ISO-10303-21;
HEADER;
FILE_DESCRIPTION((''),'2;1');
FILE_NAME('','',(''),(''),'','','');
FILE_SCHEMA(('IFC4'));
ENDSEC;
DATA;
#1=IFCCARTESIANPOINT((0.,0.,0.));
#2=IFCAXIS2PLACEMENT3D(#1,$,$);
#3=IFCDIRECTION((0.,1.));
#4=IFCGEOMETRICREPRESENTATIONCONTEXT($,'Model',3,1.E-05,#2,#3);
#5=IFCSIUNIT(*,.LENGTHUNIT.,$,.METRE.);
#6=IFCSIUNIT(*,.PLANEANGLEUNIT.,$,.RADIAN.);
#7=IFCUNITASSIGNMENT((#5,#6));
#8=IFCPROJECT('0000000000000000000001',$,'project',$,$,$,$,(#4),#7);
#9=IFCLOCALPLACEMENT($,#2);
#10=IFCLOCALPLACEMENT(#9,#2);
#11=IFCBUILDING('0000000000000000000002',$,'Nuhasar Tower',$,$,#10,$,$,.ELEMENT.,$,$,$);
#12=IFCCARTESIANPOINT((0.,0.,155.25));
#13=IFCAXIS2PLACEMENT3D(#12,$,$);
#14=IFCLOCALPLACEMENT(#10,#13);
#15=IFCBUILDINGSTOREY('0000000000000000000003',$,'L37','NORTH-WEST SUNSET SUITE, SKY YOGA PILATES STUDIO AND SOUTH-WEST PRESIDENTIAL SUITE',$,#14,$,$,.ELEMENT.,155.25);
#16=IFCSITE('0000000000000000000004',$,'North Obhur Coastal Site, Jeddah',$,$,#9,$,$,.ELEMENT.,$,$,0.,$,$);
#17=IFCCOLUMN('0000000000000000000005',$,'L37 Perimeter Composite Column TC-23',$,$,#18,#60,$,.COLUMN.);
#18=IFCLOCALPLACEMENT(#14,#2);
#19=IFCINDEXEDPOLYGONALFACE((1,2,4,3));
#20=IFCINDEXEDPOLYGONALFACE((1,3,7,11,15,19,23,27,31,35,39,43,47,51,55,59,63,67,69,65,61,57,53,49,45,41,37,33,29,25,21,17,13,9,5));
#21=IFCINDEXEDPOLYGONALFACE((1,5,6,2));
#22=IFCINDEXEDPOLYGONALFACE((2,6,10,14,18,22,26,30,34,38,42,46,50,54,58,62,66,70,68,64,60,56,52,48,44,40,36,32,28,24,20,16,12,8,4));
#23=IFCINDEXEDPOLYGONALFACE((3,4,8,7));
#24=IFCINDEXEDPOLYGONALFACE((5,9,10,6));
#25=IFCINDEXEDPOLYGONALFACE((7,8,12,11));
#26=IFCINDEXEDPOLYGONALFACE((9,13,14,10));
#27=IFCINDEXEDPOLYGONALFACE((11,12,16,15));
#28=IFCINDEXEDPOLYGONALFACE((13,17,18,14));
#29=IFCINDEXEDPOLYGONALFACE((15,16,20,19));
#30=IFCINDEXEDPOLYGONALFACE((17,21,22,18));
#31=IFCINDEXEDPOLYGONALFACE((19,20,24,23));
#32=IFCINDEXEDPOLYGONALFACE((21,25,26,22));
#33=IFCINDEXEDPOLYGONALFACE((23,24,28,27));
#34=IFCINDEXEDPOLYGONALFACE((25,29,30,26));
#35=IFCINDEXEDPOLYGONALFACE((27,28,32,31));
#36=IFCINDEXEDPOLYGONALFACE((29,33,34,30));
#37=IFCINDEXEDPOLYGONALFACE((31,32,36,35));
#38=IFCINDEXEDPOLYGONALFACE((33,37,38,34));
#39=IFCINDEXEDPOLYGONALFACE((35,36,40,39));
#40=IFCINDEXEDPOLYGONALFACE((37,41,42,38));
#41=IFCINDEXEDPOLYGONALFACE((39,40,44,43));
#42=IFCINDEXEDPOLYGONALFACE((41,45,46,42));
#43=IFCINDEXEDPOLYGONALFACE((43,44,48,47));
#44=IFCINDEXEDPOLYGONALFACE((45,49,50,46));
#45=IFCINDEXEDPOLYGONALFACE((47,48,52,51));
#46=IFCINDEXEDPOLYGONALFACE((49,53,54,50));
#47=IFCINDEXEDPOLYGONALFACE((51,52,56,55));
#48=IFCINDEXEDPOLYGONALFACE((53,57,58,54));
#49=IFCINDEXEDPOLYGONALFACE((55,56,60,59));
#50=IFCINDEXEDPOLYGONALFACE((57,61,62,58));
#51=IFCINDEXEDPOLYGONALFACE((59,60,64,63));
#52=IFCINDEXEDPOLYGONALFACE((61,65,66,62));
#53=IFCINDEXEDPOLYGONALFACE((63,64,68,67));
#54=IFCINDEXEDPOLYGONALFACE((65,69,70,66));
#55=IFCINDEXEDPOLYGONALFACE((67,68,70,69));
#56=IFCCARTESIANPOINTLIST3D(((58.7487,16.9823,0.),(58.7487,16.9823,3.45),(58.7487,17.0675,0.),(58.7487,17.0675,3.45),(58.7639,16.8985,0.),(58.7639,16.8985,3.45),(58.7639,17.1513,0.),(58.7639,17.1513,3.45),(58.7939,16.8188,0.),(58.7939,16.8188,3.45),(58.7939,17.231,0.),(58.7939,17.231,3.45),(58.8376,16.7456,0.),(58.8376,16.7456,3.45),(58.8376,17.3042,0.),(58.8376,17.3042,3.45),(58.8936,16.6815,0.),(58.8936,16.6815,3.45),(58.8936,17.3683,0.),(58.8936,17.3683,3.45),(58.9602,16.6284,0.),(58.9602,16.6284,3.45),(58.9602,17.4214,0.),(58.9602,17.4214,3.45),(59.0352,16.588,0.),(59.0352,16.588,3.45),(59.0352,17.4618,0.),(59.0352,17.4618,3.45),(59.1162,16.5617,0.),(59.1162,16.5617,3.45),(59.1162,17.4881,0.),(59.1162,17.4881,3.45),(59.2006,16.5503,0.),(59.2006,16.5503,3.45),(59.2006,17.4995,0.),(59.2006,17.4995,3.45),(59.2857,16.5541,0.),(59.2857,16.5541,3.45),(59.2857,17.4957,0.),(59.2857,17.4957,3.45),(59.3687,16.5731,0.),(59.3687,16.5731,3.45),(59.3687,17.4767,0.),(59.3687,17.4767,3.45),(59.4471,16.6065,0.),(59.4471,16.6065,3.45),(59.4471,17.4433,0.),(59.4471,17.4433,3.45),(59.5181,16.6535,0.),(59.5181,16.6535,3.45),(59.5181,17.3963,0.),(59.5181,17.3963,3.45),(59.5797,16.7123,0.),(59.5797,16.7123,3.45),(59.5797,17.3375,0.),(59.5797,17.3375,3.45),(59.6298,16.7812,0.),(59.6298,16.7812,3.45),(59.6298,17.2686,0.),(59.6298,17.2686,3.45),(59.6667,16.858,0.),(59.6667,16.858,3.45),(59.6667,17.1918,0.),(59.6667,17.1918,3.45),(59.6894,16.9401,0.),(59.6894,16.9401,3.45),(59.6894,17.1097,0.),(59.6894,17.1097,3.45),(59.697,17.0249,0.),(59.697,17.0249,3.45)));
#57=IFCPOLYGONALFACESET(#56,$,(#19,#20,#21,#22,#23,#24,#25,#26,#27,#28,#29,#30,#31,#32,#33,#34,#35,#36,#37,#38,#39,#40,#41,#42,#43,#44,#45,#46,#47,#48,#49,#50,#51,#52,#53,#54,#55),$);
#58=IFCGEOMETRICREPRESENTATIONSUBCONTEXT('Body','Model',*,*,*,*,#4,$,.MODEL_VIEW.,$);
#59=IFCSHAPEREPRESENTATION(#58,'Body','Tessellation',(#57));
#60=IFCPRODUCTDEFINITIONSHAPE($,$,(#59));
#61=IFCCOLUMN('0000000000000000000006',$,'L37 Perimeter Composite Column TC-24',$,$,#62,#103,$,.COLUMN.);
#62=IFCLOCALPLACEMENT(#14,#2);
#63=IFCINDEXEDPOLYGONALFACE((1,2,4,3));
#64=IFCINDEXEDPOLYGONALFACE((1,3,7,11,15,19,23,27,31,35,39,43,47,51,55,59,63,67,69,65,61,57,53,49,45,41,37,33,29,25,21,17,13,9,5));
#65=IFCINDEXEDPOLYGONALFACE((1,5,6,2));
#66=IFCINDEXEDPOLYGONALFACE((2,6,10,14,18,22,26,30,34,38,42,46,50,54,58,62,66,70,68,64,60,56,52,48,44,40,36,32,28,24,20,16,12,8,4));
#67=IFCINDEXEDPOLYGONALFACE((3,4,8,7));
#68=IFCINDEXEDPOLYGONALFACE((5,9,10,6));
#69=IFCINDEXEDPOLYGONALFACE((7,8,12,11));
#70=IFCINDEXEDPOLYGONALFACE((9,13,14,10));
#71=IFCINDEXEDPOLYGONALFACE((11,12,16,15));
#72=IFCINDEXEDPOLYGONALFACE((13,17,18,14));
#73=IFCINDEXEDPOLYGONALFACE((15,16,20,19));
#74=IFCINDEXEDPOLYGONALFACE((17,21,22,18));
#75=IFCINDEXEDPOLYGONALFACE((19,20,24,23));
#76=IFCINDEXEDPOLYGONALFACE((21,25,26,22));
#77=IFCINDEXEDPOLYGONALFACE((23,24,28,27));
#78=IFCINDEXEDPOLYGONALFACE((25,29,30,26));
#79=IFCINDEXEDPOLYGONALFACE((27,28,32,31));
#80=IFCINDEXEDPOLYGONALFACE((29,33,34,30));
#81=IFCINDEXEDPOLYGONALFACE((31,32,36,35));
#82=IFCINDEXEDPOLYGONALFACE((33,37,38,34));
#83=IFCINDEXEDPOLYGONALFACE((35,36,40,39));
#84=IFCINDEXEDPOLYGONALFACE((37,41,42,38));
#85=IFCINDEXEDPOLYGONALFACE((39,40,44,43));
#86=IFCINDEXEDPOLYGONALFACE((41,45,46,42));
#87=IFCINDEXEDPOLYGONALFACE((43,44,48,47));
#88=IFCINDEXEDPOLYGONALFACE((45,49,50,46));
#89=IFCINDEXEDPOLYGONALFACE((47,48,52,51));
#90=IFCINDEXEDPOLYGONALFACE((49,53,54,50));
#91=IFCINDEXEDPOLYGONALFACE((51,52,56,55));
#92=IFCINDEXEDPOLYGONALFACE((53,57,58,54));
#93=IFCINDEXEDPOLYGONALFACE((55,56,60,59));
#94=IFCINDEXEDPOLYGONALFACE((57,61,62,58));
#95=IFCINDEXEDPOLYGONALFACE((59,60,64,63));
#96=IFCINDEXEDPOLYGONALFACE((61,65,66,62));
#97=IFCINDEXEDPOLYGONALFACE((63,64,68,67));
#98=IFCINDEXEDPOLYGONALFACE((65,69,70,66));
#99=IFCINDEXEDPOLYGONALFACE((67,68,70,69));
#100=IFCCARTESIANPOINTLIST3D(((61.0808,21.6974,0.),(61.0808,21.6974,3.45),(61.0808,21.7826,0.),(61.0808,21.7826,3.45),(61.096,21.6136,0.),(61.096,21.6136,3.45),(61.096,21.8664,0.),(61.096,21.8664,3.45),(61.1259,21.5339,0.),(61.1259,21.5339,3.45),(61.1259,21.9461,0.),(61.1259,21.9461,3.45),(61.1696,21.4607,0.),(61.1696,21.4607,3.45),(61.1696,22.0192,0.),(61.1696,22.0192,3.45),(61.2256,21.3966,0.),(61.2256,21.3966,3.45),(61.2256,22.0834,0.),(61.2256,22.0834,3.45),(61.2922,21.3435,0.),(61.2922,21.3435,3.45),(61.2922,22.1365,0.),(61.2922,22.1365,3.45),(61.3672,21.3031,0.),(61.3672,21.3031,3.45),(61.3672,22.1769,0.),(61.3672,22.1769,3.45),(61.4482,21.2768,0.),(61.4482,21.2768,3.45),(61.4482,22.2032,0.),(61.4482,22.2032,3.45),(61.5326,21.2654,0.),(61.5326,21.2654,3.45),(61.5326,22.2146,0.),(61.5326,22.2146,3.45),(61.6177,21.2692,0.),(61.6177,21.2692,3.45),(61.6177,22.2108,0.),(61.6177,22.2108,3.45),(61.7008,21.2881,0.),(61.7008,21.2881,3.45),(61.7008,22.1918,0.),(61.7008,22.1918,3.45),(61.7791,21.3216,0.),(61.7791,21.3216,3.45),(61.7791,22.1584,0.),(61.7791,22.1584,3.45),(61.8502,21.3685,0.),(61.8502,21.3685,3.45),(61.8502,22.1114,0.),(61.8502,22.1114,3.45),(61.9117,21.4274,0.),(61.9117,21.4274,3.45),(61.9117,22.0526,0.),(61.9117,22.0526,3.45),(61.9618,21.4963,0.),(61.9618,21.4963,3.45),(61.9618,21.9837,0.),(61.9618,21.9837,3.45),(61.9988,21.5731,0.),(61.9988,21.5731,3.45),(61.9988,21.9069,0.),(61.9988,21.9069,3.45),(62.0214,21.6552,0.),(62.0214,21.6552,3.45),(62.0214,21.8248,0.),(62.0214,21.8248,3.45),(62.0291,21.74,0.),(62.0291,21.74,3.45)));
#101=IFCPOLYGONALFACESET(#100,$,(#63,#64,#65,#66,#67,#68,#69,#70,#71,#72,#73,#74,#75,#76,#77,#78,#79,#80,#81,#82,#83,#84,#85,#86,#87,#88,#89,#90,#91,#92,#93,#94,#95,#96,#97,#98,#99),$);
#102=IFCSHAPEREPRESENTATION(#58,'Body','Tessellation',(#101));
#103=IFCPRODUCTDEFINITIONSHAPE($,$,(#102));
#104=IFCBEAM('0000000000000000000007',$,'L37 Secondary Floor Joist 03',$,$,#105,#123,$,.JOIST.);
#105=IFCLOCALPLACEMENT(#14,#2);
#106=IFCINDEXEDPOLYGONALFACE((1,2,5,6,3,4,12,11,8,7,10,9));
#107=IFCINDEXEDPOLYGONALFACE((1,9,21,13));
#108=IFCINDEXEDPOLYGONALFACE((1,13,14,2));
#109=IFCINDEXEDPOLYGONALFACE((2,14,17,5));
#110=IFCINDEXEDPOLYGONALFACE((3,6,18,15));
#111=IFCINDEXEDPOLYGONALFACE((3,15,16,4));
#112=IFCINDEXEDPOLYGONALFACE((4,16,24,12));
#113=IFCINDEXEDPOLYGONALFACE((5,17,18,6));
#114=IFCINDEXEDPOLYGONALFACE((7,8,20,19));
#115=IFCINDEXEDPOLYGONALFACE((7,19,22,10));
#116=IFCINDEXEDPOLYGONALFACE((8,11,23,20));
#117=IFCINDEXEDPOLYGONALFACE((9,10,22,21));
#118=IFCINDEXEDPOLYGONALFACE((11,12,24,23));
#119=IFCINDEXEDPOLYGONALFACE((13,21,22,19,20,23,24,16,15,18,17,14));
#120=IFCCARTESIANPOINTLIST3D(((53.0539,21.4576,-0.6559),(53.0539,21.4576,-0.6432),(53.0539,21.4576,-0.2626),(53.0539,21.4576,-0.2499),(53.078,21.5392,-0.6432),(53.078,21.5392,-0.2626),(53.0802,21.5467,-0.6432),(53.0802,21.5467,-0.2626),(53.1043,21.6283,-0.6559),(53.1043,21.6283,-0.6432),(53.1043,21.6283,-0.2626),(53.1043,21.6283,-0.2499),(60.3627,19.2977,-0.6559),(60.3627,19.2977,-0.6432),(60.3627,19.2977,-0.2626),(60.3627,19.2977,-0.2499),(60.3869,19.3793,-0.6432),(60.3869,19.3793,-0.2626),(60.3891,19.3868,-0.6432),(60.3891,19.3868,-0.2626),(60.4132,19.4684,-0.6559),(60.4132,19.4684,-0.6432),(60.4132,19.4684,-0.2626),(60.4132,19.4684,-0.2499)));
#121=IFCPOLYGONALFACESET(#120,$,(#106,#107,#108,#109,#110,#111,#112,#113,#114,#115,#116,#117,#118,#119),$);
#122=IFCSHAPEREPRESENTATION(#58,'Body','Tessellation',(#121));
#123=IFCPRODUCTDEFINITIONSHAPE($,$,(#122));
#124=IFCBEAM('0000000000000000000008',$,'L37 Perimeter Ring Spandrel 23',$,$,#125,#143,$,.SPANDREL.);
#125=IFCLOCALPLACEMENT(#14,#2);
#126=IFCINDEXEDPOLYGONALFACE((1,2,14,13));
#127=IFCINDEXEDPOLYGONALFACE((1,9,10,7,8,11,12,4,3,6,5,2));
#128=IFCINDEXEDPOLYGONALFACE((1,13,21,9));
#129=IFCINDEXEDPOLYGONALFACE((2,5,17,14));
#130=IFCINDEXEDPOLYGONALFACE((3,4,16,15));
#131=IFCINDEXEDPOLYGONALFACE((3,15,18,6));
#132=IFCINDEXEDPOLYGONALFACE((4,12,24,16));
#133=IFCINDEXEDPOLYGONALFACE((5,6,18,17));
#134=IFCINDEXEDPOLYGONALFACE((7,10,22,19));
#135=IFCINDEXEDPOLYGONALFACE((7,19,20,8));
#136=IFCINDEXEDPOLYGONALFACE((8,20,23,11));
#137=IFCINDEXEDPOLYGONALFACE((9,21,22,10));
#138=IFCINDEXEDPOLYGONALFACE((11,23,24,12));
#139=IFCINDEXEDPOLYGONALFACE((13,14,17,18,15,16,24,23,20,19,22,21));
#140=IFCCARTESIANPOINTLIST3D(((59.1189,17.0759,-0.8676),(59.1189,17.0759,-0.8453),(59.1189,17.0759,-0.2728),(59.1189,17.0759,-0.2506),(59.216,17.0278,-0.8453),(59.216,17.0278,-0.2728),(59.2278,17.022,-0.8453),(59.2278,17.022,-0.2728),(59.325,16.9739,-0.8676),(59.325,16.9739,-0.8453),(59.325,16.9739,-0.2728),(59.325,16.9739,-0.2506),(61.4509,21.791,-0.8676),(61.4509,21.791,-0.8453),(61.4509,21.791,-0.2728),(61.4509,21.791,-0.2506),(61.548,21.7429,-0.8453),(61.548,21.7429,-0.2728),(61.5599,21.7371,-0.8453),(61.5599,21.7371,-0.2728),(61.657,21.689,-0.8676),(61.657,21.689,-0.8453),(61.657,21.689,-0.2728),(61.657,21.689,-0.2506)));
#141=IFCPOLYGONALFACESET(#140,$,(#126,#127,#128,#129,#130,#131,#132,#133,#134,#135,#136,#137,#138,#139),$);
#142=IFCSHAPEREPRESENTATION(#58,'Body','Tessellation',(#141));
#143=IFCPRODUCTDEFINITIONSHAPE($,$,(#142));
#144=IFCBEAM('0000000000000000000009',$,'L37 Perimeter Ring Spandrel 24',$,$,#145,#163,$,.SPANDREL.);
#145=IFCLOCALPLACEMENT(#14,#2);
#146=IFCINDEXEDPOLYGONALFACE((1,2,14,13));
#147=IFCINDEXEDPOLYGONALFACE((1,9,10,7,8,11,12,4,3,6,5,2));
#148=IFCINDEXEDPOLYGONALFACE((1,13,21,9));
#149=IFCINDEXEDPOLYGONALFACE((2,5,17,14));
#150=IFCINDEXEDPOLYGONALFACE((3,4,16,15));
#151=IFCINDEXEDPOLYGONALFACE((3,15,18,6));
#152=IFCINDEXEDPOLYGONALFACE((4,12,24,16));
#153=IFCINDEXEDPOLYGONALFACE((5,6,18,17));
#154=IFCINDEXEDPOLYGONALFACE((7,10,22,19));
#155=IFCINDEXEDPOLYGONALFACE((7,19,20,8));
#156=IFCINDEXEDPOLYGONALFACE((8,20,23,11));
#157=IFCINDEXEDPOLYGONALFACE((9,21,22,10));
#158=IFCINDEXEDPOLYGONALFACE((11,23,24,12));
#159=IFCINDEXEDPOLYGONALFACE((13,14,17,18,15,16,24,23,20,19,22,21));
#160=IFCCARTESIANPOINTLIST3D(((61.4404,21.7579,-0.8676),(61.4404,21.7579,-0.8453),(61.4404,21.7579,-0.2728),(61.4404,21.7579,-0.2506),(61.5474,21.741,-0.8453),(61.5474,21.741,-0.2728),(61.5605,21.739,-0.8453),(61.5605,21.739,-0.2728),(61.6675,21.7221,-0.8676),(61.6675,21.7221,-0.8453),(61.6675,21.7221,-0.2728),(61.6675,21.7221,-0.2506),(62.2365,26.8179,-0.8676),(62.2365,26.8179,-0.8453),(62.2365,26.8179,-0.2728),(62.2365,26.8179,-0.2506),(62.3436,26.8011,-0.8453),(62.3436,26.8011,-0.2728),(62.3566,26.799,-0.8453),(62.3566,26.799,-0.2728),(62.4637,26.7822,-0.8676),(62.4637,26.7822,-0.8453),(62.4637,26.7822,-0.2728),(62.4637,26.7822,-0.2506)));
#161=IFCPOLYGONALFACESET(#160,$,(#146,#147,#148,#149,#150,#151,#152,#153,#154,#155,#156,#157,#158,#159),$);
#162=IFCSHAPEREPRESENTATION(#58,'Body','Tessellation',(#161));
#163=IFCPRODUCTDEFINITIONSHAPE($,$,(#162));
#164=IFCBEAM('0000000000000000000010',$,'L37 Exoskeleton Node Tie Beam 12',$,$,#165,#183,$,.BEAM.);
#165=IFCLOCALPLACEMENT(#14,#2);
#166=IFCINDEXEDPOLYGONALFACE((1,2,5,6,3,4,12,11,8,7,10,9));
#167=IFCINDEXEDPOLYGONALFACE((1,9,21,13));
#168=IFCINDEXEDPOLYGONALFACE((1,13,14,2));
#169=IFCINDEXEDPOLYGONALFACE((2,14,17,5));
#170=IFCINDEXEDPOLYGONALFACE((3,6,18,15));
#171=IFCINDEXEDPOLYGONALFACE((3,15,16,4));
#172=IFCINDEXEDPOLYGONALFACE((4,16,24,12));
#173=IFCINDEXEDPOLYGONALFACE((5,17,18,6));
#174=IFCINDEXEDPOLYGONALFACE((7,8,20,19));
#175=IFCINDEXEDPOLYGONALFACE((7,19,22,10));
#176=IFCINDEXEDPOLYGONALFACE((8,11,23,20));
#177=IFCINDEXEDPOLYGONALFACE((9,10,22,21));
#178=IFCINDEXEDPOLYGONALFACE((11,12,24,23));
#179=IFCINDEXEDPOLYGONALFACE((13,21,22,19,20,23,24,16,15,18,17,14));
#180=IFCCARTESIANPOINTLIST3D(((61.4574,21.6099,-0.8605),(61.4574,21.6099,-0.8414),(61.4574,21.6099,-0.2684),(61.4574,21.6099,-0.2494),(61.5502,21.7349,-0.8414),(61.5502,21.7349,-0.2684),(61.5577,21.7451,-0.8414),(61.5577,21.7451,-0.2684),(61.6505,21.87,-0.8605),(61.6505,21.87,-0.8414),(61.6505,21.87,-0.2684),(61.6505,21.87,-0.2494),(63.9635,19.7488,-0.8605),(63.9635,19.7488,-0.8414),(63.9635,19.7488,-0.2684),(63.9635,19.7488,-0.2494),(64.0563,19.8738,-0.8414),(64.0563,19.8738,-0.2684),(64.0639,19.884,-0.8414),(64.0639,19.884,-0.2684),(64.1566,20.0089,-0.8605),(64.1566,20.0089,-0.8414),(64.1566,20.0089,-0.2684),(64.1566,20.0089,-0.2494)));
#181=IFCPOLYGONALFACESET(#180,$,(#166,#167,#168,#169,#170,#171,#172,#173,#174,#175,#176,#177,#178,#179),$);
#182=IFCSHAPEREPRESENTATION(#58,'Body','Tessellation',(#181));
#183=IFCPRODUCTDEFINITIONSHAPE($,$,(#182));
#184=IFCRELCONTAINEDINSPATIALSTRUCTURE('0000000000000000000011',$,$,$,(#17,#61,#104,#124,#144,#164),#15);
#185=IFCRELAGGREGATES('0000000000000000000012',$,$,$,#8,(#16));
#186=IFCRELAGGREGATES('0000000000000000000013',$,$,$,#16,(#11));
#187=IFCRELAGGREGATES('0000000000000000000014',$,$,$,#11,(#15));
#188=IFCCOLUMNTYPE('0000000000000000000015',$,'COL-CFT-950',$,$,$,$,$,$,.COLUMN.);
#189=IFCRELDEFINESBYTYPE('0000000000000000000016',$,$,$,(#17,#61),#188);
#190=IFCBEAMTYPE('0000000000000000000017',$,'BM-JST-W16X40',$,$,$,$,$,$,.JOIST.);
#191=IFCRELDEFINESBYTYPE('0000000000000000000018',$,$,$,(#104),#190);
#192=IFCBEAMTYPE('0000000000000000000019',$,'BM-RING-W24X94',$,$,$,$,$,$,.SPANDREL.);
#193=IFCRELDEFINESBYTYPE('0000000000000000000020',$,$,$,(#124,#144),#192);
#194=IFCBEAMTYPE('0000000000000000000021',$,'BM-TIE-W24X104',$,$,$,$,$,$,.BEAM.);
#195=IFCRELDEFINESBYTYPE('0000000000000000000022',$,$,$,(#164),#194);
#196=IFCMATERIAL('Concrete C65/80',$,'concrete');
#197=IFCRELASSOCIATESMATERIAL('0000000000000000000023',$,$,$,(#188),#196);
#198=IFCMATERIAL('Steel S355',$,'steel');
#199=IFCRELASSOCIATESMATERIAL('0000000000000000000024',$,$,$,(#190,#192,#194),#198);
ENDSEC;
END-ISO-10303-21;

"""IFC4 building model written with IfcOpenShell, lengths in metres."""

from ifc_helpers import new_model, si_unit, direction, frame, origin, origin_2d, place, context, subcontext, project, spatial, circle, i_section, extrude, material, material_profile, profile_set, type_object, element, save


model = new_model("IFC4")

# Units and contexts
model_context = context("Model", 3, precision=1e-05, world=origin(), true_north=direction((0.0, 1.0)))
body_context = subcontext(model_context, "Body", "Model", "MODEL_VIEW")
ifc_project = project(units=[si_unit("LENGTHUNIT", "METRE"), si_unit("PLANEANGLEUNIT", "RADIAN")], contexts=[model_context])

# Site, building, storey
site_placement = place(None, origin())
site = spatial("IfcSite", under=ifc_project, at=site_placement, Name="North Obhur Coastal Site, Jeddah", CompositionType="ELEMENT", RefElevation=0.0)
building_placement = place(site_placement, origin())
building = spatial("IfcBuilding", under=site, at=building_placement, Name="Nuhasar Tower", CompositionType="ELEMENT")
storey_placement = place(building_placement, frame((0.0, 0.0, 155.25)))
storey = spatial("IfcBuildingStorey", under=building, at=storey_placement, Name="L37", Description="NORTH-WEST SUNSET SUITE, SKY YOGA PILATES STUDIO AND SOUTH-WEST PRESIDENTIAL SUITE", CompositionType="ELEMENT", Elevation=155.25)

# Columns
ifc_material_1 = material(Name="Concrete C65/80", Category="concrete")
ifc_material_profile_1 = material_profile(ifc_material_1, circle(Radius=0.4751, at=origin_2d()), Name="CFT950")
ifc_profile_set_1 = profile_set([ifc_material_profile_1], Name="Concrete C65/80")
column_type = type_object("IfcColumnType", Name="COL-CFT-950", PredefinedType="COLUMN", material=ifc_profile_set_1)
for number, where, z_axis, x_axis, name in (
    (1, (59.2219, 17.0249, 0.0), (0.0, 0.0, 1.0), (1.0, 0.0, 0.0), "L37 Perimeter Composite Column TC-23"),
    (2, (61.554, 21.74, 0.0), (0.0, 0.0, 1.0), (1.0, 0.0, 0.0), "L37 Perimeter Composite Column TC-24"),
):
    element("IfcColumn", number, at=place(storey_placement, frame(where, z_axis=z_axis, x_axis=x_axis)), inside=storey, type_object=column_type, Name=name, PredefinedType="COLUMN", context=body_context, shape_type="SweptSolid", body=[
        extrude(circle(Radius=0.4751, at=origin_2d()), origin(), (0.0, 0.0, 1.0), 3.45),
    ])

# Beams
ifc_material_2 = material(Name="Steel S355", Category="steel")
ifc_material_profile_2 = material_profile(ifc_material_2, i_section(OverallWidth=0.178, OverallDepth=0.406, WebThickness=0.0078, FlangeThickness=0.0127, at=origin_2d()), Name="W16X40")
ifc_profile_set_2 = profile_set([ifc_material_profile_2], Name="Steel S355")
beam_type_1 = type_object("IfcBeamType", Name="BM-JST-W16X40", PredefinedType="JOIST", material=ifc_profile_set_2)
beam_1_placement = place(storey_placement, frame((53.0791, 21.543, -0.4529), z_axis=(0.959, -0.283404, 0.0), x_axis=(0.283404, 0.959, 0.0)))
element("IfcBeam", 3, at=beam_1_placement, inside=storey, type_object=beam_type_1, Name="L37 Secondary Floor Joist 03", PredefinedType="JOIST", context=body_context, shape_type="SweptSolid", body=[
    extrude(i_section(OverallWidth=0.178, OverallDepth=0.406, WebThickness=0.0078, FlangeThickness=0.0127, at=origin_2d()), origin(), (0.0, 0.0, 1.0), 7.6213),
])
ifc_material_profile_3 = material_profile(ifc_material_2, i_section(OverallWidth=0.23, OverallDepth=0.6169, WebThickness=0.0132, FlangeThickness=0.0222, at=origin_2d()), Name="W24X94")
ifc_profile_set_3 = profile_set([ifc_material_profile_3], Name="Steel S355")
beam_type_2 = type_object("IfcBeamType", Name="BM-RING-W24X94", PredefinedType="SPANDREL", material=ifc_profile_set_3)
beam_2_placement = place(storey_placement, frame((59.2219, 17.0249, -0.5591), z_axis=(0.443329, 0.896359, 0.0), x_axis=(-0.896359, 0.443329, 0.0)))
element("IfcBeam", 4, at=beam_2_placement, inside=storey, type_object=beam_type_2, Name="L37 Perimeter Ring Spandrel 23", PredefinedType="SPANDREL", context=body_context, shape_type="SweptSolid", body=[
    extrude(i_section(OverallWidth=0.23, OverallDepth=0.6169, WebThickness=0.0132, FlangeThickness=0.0222, at=origin_2d()), origin(), (0.0, 0.0, 1.0), 5.2603),
])
beam_3_placement = place(storey_placement, frame((61.554, 21.74, -0.5591), z_axis=(0.155427, 0.987847, 0.0), x_axis=(-0.987847, 0.155427, 0.0)))
element("IfcBeam", 5, at=beam_3_placement, inside=storey, type_object=beam_type_2, Name="L37 Perimeter Ring Spandrel 24", PredefinedType="SPANDREL", context=body_context, shape_type="SweptSolid", body=[
    extrude(i_section(OverallWidth=0.23, OverallDepth=0.6169, WebThickness=0.0132, FlangeThickness=0.0222, at=origin_2d()), origin(), (0.0, 0.0, 1.0), 5.1223),
])
ifc_material_profile_4 = material_profile(ifc_material_2, i_section(OverallWidth=0.324, OverallDepth=0.6111, WebThickness=0.0127, FlangeThickness=0.019, at=origin_2d()), Name="W24X104")
ifc_profile_set_4 = profile_set([ifc_material_profile_4], Name="Steel S355")
beam_type_3 = type_object("IfcBeamType", Name="BM-TIE-W24X104", PredefinedType="BEAM", material=ifc_profile_set_4)
beam_4_placement = place(storey_placement, frame((61.554, 21.74, -0.5549), z_axis=(0.802835, -0.596202, 0.0), x_axis=(0.596202, 0.802835, 0.0)))
element("IfcBeam", 6, at=beam_4_placement, inside=storey, type_object=beam_type_3, Name="L37 Exoskeleton Node Tie Beam 12", PredefinedType="BEAM", context=body_context, shape_type="SweptSolid", body=[
    extrude(i_section(OverallWidth=0.324, OverallDepth=0.6111, WebThickness=0.0127, FlangeThickness=0.019, at=origin_2d()), origin(), (0.0, 0.0, 1.0), 3.1216),
])

save(model, "model.ifc")
